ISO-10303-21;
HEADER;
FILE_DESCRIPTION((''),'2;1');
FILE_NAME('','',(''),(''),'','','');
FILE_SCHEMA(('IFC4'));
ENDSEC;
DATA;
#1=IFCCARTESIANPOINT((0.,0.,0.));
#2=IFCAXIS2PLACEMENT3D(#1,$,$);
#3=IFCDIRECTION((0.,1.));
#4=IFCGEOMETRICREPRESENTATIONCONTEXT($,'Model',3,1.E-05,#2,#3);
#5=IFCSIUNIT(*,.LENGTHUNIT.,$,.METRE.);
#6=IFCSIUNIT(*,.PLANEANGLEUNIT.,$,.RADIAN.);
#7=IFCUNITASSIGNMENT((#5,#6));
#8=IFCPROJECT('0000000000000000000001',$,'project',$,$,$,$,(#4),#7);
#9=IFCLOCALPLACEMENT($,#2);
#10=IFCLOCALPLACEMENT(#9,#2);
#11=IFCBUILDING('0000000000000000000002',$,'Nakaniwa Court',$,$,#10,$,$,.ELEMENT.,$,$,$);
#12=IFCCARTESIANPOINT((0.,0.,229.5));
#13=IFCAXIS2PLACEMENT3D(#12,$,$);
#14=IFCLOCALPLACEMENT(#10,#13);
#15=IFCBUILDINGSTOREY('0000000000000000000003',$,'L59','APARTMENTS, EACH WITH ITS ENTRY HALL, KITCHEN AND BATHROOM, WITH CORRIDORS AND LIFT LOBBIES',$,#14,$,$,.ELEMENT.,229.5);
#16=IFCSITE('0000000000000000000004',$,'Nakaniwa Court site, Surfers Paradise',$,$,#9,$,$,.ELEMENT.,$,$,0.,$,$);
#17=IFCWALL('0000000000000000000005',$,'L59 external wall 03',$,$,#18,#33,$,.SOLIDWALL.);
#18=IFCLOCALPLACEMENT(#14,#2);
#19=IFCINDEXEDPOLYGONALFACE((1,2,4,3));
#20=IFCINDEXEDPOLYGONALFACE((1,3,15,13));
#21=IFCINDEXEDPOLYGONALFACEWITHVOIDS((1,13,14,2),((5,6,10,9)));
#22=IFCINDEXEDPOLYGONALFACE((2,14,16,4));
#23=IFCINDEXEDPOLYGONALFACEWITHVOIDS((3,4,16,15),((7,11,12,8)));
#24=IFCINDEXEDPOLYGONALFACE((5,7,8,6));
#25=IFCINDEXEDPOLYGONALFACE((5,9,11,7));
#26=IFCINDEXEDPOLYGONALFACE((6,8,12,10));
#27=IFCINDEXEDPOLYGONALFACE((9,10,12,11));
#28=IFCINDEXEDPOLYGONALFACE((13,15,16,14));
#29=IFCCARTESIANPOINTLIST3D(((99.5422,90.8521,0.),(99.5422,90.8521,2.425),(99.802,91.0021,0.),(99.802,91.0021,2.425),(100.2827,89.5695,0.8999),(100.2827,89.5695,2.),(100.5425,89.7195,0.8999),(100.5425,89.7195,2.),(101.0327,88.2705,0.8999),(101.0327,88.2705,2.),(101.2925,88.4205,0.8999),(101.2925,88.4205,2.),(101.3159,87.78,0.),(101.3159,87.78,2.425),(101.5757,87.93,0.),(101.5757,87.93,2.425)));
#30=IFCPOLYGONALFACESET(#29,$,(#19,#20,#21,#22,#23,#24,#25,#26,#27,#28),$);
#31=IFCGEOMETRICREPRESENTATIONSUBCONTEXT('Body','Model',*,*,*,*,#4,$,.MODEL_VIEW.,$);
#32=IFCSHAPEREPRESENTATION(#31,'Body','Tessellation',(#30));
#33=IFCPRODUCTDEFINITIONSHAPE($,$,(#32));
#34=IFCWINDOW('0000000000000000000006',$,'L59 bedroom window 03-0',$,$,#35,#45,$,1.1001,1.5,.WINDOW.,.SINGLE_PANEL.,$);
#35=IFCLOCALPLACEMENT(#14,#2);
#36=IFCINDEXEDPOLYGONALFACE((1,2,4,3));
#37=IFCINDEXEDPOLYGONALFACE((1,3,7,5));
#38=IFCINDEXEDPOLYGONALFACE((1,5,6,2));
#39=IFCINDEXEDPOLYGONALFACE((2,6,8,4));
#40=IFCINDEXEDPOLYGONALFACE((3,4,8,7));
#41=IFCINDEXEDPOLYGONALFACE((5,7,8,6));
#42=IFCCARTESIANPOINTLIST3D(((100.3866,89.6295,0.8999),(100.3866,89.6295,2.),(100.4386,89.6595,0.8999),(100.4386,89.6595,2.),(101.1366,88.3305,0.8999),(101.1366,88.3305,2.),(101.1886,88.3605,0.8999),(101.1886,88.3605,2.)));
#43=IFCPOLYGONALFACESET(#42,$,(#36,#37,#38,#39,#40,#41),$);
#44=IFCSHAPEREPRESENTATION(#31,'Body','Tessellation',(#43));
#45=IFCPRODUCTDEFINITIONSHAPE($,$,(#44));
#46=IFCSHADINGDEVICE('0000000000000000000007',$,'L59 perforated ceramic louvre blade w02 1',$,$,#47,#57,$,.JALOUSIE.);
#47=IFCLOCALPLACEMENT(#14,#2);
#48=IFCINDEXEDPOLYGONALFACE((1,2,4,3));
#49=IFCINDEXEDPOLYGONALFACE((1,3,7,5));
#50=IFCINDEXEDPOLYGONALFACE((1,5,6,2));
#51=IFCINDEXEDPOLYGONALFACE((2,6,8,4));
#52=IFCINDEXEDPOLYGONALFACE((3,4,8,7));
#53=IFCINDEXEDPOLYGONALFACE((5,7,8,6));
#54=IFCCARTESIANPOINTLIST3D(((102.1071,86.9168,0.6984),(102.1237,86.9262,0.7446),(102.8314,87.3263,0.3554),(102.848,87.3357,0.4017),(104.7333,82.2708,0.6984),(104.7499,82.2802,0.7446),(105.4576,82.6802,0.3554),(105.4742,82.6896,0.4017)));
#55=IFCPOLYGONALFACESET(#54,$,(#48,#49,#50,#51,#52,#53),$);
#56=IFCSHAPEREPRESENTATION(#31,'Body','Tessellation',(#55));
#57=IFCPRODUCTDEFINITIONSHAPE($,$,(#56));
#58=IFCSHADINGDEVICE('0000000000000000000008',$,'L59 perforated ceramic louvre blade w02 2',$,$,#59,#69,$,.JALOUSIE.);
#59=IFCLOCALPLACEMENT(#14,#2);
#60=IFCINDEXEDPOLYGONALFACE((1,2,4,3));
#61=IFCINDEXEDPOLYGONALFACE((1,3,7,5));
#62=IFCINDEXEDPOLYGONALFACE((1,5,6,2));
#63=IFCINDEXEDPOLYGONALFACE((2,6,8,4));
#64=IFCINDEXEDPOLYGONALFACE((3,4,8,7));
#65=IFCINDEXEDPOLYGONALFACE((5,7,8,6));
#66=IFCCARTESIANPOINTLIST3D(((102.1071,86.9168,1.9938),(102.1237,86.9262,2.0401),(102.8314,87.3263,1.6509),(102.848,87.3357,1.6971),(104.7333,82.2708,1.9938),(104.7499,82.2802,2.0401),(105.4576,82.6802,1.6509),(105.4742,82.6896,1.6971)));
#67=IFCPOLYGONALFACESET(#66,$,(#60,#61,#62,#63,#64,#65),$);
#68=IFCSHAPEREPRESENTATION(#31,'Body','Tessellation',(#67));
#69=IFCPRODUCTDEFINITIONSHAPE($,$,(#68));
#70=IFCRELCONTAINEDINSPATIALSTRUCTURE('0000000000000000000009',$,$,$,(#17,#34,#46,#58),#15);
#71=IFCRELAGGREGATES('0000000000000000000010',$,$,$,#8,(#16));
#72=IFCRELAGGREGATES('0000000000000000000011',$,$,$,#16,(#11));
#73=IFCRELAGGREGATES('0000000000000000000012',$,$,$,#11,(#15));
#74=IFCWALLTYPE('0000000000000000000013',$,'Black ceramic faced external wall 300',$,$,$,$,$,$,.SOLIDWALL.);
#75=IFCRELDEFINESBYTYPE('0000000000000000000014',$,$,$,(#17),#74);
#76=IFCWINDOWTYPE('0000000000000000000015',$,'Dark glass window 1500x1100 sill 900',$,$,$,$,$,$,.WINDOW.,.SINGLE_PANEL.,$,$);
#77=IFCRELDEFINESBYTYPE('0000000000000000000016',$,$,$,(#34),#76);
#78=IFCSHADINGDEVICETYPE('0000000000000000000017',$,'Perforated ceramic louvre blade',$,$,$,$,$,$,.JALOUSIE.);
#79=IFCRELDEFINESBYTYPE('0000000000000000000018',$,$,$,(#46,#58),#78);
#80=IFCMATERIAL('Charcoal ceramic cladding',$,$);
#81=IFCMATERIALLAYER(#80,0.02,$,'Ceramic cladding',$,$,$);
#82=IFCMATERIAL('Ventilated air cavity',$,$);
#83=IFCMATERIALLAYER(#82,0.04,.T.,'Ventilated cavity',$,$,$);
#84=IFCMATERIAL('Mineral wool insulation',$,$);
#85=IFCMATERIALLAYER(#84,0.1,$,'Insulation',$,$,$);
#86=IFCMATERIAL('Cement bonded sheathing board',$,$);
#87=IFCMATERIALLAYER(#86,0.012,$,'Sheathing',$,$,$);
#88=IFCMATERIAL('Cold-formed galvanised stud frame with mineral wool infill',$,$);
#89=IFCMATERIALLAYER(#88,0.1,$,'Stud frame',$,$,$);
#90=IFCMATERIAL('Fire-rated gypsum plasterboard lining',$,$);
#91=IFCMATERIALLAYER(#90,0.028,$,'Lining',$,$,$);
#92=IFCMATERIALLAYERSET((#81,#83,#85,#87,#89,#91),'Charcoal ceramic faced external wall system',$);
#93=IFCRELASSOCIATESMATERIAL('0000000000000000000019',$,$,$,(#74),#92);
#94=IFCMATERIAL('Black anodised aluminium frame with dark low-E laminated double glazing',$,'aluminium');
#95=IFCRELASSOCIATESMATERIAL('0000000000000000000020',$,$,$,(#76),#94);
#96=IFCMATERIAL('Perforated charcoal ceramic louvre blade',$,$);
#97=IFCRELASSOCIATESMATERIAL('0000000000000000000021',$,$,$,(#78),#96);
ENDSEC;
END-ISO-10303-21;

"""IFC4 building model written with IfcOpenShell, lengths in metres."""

from ifc_helpers import new_model, si_unit, direction, frame, frame_2d, origin, origin_2d, place, context, subcontext, project, spatial, rectangle, extrude, material, layer, layer_set, material_profile, profile_set, type_object, element, fill, save


model = new_model("IFC4")

# Units and contexts
model_context = context("Model", 3, precision=1e-05, world=origin(), true_north=direction((0.0, 1.0)))
body_context = subcontext(model_context, "Body", "Model", "MODEL_VIEW")
ifc_project = project(units=[si_unit("LENGTHUNIT", "METRE"), si_unit("PLANEANGLEUNIT", "RADIAN")], contexts=[model_context])

# Site, building, storey
site_placement = place(None, origin())
site = spatial("IfcSite", under=ifc_project, at=site_placement, Name="Nakaniwa Court site, Surfers Paradise", CompositionType="ELEMENT", RefElevation=0.0)
building_placement = place(site_placement, origin())
building = spatial("IfcBuilding", under=site, at=building_placement, Name="Nakaniwa Court", CompositionType="ELEMENT")
storey_placement = place(building_placement, frame((0.0, 0.0, 229.5)))
storey = spatial("IfcBuildingStorey", under=building, at=storey_placement, Name="L59", Description="APARTMENTS, EACH WITH ITS ENTRY HALL, KITCHEN AND BATHROOM, WITH CORRIDORS AND LIFT LOBBIES", CompositionType="ELEMENT", Elevation=229.5)

# Shared definitions
ifc_material_1 = material(Name="Charcoal ceramic cladding")
ifc_layer_1 = layer(ifc_material_1, 0.02, Name="Ceramic cladding")
ifc_material_2 = material(Name="Ventilated air cavity")
ifc_layer_2 = layer(ifc_material_2, 0.04, ventilated=True, Name="Ventilated cavity")
ifc_material_3 = material(Name="Mineral wool insulation")
ifc_layer_3 = layer(ifc_material_3, 0.1, Name="Insulation")
ifc_material_4 = material(Name="Cement bonded sheathing board")
ifc_layer_4 = layer(ifc_material_4, 0.012, Name="Sheathing")
ifc_material_5 = material(Name="Cold-formed galvanised stud frame with mineral wool infill")
ifc_layer_5 = layer(ifc_material_5, 0.1, Name="Stud frame")
ifc_material_6 = material(Name="Fire-rated gypsum plasterboard lining")
ifc_layer_6 = layer(ifc_material_6, 0.028, Name="Lining")
ifc_layer_set = layer_set([ifc_layer_1, ifc_layer_2, ifc_layer_3, ifc_layer_4, ifc_layer_5, ifc_layer_6], Name="Charcoal ceramic faced external wall system")
wall_type = type_object("IfcWallType", Name="Black ceramic faced external wall 300", PredefinedType="SOLIDWALL", material=ifc_layer_set)
ifc_material_7 = material(Name="Black anodised aluminium frame with dark low-E laminated double glazing", Category="aluminium")
window_type = type_object("IfcWindowType", Name="Dark glass window 1500x1100 sill 900", PartitioningType="SINGLE_PANEL", PredefinedType="WINDOW", material=ifc_material_7)

# Wall, opening, window
wall_1_placement = place(storey_placement, frame((101.4458, 87.855, 0.0), z_axis=(0.0, 0.0, 1.0), x_axis=(-0.50001, 0.866019, 0.0)))
wall_1 = element("IfcWall", 1, at=wall_1_placement, inside=storey, type_object=wall_type, Name="L59 external wall 03", PredefinedType="SOLIDWALL", context=body_context, shape_type="SweptSolid", body=[
    extrude(rectangle(XDim=3.5474, YDim=0.3, at=frame_2d((1.7737, 0.0))), origin(), (0.0, 0.0, 1.0), 2.425),
])
opening_1_placement = place(wall_1_placement, frame((0.5664, 0.0, 0.8999)))
opening_1 = element("IfcOpeningElement", 2, at=opening_1_placement, cuts=wall_1, PredefinedType="OPENING", context=body_context, shape_type="SweptSolid", body=[
    extrude(rectangle(XDim=1.5, YDim=1.1001, at=frame_2d((0.75, 0.55))), frame((0.0, 0.1599, 0.0), z_axis=(0.0, -1.0, 0.0), x_axis=(1.0, 0.0, 0.0)), (0.0, 0.0, 1.0), 0.3201),
])
window_1_placement = place(opening_1_placement, origin())
window_1 = element("IfcWindow", 3, at=window_1_placement, inside=storey, type_object=window_type, Name="L59 bedroom window 03-0", OverallHeight=1.1001, OverallWidth=1.5, PartitioningType="SINGLE_PANEL", PredefinedType="WINDOW", context=body_context, shape_type="SweptSolid", body=[
    extrude(rectangle(XDim=1.5, YDim=1.1001, at=frame_2d((0.75, 0.55))), frame((0.0, 0.03, 0.0), z_axis=(0.0, -1.0, 0.0), x_axis=(1.0, 0.0, 0.0)), (0.0, 0.0, 1.0), 0.0601),
])
fill(opening_1, window_1)

# Shading devices
ifc_material_8 = material(Name="Perforated charcoal ceramic louvre blade")
ifc_material_profile_1 = material_profile(ifc_material_8, rectangle(XDim=0.8999, YDim=0.05, at=origin_2d()), Name="Perforated ceramic louvre blade")
ifc_profile_set_1 = profile_set([ifc_material_profile_1], Name="Perforated charcoal ceramic louvre blade")
shading_device_type = type_object("IfcShadingDeviceType", Name="Perforated ceramic louvre blade", PredefinedType="JALOUSIE", material=ifc_profile_set_1)
for number, where, z_axis, x_axis, name in (
    (4, (105.1038, 82.4802, 0.55), (-0.492089, 0.870545, 0.0), (-0.804859, -0.454959, 0.38107), "L59 perforated ceramic louvre blade w02 1"),
    (5, (105.1038, 82.4802, 1.8455), (-0.492089, 0.870545, 0.0), (-0.804859, -0.454959, 0.38107), "L59 perforated ceramic louvre blade w02 2"),
):
    element("IfcShadingDevice", number, at=place(storey_placement, frame(where, z_axis=z_axis, x_axis=x_axis)), inside=storey, type_object=shading_device_type, Name=name, PredefinedType="JALOUSIE", context=body_context, shape_type="SweptSolid", body=[
        extrude(rectangle(XDim=0.8999, YDim=0.05, at=origin_2d()), origin(), (0.0, 0.0, 1.0), 5.3369),
    ])

save(model, "model.ifc")
